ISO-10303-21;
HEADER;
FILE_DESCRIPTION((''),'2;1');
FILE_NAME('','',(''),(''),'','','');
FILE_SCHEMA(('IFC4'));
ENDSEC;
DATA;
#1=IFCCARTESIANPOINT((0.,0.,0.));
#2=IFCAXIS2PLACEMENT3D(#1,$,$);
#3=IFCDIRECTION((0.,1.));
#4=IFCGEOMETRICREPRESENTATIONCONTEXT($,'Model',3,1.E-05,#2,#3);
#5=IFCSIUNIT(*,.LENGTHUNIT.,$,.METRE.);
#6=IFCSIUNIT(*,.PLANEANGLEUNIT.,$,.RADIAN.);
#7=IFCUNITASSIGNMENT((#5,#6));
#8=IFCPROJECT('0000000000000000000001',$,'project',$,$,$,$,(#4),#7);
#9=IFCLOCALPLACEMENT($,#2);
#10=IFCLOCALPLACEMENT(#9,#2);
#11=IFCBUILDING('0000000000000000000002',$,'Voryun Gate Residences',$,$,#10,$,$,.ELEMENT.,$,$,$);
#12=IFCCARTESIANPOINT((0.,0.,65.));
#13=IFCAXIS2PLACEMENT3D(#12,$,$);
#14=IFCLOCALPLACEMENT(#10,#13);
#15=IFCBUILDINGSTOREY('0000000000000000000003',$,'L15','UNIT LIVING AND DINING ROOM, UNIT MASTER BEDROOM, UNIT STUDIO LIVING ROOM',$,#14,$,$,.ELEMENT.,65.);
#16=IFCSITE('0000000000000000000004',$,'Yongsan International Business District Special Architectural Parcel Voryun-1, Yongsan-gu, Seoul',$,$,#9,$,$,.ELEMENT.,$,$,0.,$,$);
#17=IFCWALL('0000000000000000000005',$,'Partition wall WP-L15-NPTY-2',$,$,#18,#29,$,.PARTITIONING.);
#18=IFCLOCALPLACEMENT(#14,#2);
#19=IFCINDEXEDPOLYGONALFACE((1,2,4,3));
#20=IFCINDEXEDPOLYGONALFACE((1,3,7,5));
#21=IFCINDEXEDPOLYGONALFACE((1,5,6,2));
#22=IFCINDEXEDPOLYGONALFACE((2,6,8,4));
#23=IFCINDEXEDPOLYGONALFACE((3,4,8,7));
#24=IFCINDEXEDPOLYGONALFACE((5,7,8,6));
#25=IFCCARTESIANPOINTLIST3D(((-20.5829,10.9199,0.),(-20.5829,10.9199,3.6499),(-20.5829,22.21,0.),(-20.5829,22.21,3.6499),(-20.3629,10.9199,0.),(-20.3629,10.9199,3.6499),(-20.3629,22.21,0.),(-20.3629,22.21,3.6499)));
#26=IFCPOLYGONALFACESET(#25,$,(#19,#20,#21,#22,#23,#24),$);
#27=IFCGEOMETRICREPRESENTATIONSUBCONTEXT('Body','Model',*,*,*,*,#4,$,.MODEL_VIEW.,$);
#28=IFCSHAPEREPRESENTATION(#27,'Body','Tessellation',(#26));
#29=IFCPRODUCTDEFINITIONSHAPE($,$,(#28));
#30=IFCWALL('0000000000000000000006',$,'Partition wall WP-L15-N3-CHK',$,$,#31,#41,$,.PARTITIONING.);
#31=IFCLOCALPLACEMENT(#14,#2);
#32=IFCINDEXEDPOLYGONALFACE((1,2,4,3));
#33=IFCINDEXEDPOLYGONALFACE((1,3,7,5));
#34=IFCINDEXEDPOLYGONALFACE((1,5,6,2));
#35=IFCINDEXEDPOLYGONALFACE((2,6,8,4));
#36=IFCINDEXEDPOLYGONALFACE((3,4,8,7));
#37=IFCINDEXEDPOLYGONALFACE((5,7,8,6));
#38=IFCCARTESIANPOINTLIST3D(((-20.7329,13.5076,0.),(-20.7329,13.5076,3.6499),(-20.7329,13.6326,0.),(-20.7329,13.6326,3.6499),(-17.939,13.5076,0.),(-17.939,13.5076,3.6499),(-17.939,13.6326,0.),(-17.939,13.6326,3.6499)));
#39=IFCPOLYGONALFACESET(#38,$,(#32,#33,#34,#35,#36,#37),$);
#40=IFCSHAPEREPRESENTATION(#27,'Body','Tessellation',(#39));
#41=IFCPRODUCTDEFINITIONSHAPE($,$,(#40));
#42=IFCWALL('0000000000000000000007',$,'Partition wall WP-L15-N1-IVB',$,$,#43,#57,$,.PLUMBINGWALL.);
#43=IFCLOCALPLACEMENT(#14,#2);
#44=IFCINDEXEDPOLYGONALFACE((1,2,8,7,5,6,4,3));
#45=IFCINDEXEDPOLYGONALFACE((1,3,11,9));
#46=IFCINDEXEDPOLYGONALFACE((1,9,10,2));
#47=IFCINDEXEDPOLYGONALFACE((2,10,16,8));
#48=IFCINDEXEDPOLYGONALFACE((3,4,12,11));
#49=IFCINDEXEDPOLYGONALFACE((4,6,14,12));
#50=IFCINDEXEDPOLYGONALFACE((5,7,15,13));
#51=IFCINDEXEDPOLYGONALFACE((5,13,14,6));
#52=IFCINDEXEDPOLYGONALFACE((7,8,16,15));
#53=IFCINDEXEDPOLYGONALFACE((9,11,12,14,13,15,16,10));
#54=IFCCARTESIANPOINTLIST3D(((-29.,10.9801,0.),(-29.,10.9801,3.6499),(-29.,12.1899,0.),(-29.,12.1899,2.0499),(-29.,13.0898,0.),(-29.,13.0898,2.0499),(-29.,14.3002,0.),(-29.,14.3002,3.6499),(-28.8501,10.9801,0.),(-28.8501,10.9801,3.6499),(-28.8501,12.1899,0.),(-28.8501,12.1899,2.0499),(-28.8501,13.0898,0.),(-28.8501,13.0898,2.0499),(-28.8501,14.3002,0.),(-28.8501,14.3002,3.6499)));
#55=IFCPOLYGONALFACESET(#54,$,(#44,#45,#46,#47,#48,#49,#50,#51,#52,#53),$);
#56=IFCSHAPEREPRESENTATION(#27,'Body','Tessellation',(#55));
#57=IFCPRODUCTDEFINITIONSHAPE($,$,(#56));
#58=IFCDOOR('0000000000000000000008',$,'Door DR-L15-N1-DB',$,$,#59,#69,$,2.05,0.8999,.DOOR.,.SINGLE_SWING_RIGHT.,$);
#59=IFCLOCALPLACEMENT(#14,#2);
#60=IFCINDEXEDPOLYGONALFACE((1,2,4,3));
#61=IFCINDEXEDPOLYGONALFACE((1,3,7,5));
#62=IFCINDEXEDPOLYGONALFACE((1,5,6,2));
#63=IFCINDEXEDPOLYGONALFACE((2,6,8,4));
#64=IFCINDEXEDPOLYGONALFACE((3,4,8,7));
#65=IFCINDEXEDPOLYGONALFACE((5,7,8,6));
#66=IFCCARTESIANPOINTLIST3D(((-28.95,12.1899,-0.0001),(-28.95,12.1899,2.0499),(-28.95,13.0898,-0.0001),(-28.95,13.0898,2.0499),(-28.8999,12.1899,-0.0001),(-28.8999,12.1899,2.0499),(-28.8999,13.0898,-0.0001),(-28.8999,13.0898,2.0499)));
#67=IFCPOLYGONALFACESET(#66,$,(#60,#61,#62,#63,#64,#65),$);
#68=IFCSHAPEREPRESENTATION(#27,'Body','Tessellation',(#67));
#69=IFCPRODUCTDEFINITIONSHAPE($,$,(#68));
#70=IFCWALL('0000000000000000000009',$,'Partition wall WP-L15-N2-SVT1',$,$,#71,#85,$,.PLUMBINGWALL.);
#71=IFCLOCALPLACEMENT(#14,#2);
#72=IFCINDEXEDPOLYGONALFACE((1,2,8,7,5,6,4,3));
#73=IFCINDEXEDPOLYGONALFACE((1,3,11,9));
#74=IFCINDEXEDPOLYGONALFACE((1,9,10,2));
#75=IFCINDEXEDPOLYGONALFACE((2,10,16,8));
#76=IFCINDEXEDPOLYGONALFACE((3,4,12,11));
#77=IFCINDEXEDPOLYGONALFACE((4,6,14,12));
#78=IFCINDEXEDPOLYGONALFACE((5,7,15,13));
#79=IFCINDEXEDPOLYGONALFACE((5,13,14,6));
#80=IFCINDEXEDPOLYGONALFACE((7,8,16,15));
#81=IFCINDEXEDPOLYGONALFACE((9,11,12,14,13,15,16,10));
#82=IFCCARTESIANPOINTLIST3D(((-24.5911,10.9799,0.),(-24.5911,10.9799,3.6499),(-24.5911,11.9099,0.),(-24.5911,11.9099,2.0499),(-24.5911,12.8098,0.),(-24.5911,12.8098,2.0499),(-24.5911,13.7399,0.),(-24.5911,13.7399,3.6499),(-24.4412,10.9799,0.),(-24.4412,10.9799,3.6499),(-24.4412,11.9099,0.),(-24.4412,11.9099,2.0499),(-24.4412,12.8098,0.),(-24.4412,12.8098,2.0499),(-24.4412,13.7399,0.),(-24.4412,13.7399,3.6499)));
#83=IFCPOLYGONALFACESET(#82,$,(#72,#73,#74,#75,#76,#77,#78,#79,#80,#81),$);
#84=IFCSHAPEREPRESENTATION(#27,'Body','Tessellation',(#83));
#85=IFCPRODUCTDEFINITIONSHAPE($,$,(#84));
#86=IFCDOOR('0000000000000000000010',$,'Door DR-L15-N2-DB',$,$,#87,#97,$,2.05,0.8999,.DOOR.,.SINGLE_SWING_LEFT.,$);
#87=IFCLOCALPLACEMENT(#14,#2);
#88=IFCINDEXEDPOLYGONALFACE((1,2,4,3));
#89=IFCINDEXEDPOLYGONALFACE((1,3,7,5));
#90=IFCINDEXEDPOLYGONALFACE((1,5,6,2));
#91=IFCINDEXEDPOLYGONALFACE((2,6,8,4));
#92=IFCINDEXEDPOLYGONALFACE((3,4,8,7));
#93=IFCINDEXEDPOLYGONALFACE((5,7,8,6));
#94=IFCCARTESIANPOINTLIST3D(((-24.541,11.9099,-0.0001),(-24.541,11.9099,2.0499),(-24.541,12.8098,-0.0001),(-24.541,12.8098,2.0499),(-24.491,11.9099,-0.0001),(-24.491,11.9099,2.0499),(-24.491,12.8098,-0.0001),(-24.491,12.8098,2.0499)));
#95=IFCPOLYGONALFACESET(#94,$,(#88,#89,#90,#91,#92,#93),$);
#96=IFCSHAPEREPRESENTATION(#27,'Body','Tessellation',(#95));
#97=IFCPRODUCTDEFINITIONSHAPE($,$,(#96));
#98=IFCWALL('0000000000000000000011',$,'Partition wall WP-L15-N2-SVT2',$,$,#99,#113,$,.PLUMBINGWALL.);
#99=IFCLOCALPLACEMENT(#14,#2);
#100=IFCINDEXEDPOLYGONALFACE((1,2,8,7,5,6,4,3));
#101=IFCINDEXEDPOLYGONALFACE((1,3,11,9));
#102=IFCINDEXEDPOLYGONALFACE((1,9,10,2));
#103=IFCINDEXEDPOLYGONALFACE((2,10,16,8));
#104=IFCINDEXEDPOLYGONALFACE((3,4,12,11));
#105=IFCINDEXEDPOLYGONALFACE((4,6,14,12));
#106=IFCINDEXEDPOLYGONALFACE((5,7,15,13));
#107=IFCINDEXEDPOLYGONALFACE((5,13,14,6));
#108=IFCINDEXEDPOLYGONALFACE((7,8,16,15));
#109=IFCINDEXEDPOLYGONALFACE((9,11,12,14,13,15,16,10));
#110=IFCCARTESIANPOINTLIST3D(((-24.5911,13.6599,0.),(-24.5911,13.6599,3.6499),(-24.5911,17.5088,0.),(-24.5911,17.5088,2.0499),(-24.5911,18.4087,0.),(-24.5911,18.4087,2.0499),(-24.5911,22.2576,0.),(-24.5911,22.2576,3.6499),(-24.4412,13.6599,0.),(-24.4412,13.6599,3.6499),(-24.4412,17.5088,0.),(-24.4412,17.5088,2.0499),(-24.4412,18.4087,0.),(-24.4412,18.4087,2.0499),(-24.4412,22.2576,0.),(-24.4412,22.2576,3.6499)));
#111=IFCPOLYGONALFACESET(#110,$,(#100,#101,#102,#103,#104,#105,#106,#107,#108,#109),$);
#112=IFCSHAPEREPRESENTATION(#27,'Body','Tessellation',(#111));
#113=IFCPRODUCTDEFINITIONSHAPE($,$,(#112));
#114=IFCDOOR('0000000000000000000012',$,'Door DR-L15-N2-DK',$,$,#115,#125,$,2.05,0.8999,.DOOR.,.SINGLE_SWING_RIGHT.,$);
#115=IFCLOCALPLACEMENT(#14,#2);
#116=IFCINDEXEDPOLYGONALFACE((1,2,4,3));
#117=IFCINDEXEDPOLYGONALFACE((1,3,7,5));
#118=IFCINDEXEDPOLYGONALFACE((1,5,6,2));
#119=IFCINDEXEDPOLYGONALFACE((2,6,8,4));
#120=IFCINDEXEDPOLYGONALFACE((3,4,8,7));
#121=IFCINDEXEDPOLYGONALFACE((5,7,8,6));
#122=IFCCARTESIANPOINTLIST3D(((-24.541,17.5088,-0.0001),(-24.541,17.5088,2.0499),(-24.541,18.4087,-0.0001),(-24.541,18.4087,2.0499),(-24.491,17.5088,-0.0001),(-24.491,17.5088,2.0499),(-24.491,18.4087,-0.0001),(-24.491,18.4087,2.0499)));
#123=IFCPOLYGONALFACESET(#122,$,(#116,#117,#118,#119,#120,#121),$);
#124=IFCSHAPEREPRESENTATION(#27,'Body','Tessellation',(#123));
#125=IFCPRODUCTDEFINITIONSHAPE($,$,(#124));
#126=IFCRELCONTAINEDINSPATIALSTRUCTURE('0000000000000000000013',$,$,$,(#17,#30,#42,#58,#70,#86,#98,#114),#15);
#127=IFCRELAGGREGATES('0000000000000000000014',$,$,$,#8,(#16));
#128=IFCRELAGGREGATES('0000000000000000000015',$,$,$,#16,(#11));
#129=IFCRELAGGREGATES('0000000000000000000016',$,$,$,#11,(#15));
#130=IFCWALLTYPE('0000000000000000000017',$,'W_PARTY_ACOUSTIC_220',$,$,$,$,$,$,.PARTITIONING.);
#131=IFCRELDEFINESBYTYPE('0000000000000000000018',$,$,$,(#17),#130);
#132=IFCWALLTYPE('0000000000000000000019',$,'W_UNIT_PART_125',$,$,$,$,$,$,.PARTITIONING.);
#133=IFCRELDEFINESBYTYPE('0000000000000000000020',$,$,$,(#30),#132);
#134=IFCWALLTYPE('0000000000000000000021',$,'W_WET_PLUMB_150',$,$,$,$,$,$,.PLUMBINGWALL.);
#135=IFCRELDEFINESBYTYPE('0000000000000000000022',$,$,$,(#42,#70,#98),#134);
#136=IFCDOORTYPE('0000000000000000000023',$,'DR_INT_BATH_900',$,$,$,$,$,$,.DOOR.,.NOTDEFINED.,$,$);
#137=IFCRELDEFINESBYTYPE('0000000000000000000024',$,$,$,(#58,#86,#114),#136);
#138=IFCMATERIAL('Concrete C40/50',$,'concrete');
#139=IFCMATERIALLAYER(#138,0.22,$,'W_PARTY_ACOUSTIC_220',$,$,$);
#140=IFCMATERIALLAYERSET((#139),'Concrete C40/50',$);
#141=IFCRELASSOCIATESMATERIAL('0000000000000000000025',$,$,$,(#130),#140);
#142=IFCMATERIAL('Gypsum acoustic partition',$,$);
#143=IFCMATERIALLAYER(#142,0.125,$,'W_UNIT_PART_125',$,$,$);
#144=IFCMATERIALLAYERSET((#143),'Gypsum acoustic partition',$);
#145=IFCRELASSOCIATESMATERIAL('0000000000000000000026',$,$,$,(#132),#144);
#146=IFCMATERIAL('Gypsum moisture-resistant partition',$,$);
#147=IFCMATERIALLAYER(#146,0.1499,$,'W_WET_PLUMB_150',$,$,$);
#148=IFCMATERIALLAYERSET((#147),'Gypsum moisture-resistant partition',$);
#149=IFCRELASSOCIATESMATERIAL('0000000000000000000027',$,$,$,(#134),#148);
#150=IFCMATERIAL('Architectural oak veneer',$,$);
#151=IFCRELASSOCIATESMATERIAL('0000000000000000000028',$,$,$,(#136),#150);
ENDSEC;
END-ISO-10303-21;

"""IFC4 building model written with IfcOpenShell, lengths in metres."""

from ifc_helpers import new_model, si_unit, direction, frame, frame_2d, origin, place, context, subcontext, project, spatial, rectangle, extrude, material, layer, layer_set, type_object, element, fill, save


model = new_model("IFC4")

# Units and contexts
model_context = context("Model", 3, precision=1e-05, world=origin(), true_north=direction((0.0, 1.0)))
body_context = subcontext(model_context, "Body", "Model", "MODEL_VIEW")
ifc_project = project(units=[si_unit("LENGTHUNIT", "METRE"), si_unit("PLANEANGLEUNIT", "RADIAN")], contexts=[model_context])

# Site, building, storey
site_placement = place(None, origin())
site = spatial("IfcSite", under=ifc_project, at=site_placement, Name="Yongsan International Business District Special Architectural Parcel Voryun-1, Yongsan-gu, Seoul", CompositionType="ELEMENT", RefElevation=0.0)
building_placement = place(site_placement, origin())
building = spatial("IfcBuilding", under=site, at=building_placement, Name="Voryun Gate Residences", CompositionType="ELEMENT")
storey_placement = place(building_placement, frame((0.0, 0.0, 65.0)))
storey = spatial("IfcBuildingStorey", under=building, at=storey_placement, Name="L15", Description="UNIT LIVING AND DINING ROOM, UNIT MASTER BEDROOM, UNIT STUDIO LIVING ROOM", CompositionType="ELEMENT", Elevation=65.0)

# Walls
ifc_material_1 = material(Name="Concrete C40/50", Category="concrete")
ifc_layer_1 = layer(ifc_material_1, 0.22, Name="W_PARTY_ACOUSTIC_220")
ifc_layer_set_1 = layer_set([ifc_layer_1], Name="Concrete C40/50")
wall_type_1 = type_object("IfcWallType", Name="W_PARTY_ACOUSTIC_220", PredefinedType="PARTITIONING", material=ifc_layer_set_1)
wall_1_placement = place(storey_placement, frame((-20.4729, 10.9199, 0.0), z_axis=(0.0, 0.0, 1.0), x_axis=(0.0, 1.0, 0.0)))
element("IfcWall", 1, at=wall_1_placement, inside=storey, type_object=wall_type_1, Name="Partition wall WP-L15-NPTY-2", PredefinedType="PARTITIONING", context=body_context, shape_type="SweptSolid", body=[
    extrude(rectangle(XDim=11.29, YDim=0.22, at=frame_2d((5.645, 0.0))), origin(), (0.0, 0.0, 1.0), 3.6499),
])
ifc_material_2 = material(Name="Gypsum acoustic partition")
ifc_layer_2 = layer(ifc_material_2, 0.125, Name="W_UNIT_PART_125")
ifc_layer_set_2 = layer_set([ifc_layer_2], Name="Gypsum acoustic partition")
wall_type_2 = type_object("IfcWallType", Name="W_UNIT_PART_125", PredefinedType="PARTITIONING", material=ifc_layer_set_2)
wall_2_placement = place(storey_placement, frame((-20.7329, 13.5701, 0.0), z_axis=(0.0, 0.0, 1.0), x_axis=(1.0, 0.0, 0.0)))
element("IfcWall", 2, at=wall_2_placement, inside=storey, type_object=wall_type_2, Name="Partition wall WP-L15-N3-CHK", PredefinedType="PARTITIONING", context=body_context, shape_type="SweptSolid", body=[
    extrude(rectangle(XDim=2.7939, YDim=0.125, at=frame_2d((1.397, 0.0))), origin(), (0.0, 0.0, 1.0), 3.6499),
])

# Walls, openings, doors
ifc_material_3 = material(Name="Gypsum moisture-resistant partition")
ifc_layer_3 = layer(ifc_material_3, 0.1499, Name="W_WET_PLUMB_150")
ifc_layer_set_3 = layer_set([ifc_layer_3], Name="Gypsum moisture-resistant partition")
wall_type_3 = type_object("IfcWallType", Name="W_WET_PLUMB_150", PredefinedType="PLUMBINGWALL", material=ifc_layer_set_3)
wall_3_placement = place(storey_placement, frame((-28.925, 10.98, 0.0), z_axis=(0.0, 0.0, 1.0), x_axis=(0.0, 1.0, 0.0)))
wall_3 = element("IfcWall", 3, at=wall_3_placement, inside=storey, type_object=wall_type_3, Name="Partition wall WP-L15-N1-IVB", PredefinedType="PLUMBINGWALL", context=body_context, shape_type="SweptSolid", body=[
    extrude(rectangle(XDim=3.3201, YDim=0.1499, at=frame_2d((1.6602, 0.0))), origin(), (0.0, 0.0, 1.0), 3.6499),
])
opening_1_placement = place(wall_3_placement, frame((1.21, 0.0, 0.0)))
opening_1 = element("IfcOpeningElement", 4, at=opening_1_placement, cuts=wall_3, PredefinedType="OPENING", context=body_context, shape_type="SweptSolid", body=[
    extrude(rectangle(XDim=0.8999, YDim=2.05, at=frame_2d((0.45, 1.0249))), frame((0.0, 0.085, 0.0), z_axis=(0.0, -1.0, 0.0), x_axis=(1.0, 0.0, 0.0)), (0.0, 0.0, 1.0), 0.1699),
])
ifc_material_4 = material(Name="Architectural oak veneer")
door_type = type_object("IfcDoorType", Name="DR_INT_BATH_900", OperationType="NOTDEFINED", PredefinedType="DOOR", material=ifc_material_4)
door_1_placement = place(opening_1_placement, origin())
door_1 = element("IfcDoor", 5, at=door_1_placement, inside=storey, type_object=door_type, Name="Door DR-L15-N1-DB", OperationType="SINGLE_SWING_RIGHT", OverallHeight=2.05, OverallWidth=0.8999, PredefinedType="DOOR", context=body_context, shape_type="SweptSolid", body=[
    extrude(rectangle(XDim=0.8999, YDim=2.05, at=frame_2d((0.45, 1.0249))), frame((0.0, 0.0249, 0.0), z_axis=(0.0, -1.0, 0.0), x_axis=(1.0, 0.0, 0.0)), (0.0, 0.0, 1.0), 0.05),
])
fill(opening_1, door_1)
wall_4_placement = place(storey_placement, frame((-24.5161, 10.98, 0.0), z_axis=(0.0, 0.0, 1.0), x_axis=(0.0, 1.0, 0.0)))
wall_4 = element("IfcWall", 6, at=wall_4_placement, inside=storey, type_object=wall_type_3, Name="Partition wall WP-L15-N2-SVT1", PredefinedType="PLUMBINGWALL", context=body_context, shape_type="SweptSolid", body=[
    extrude(rectangle(XDim=2.76, YDim=0.1499, at=frame_2d((1.3799, 0.0))), origin(), (0.0, 0.0, 1.0), 3.6499),
])
opening_2_placement = place(wall_4_placement, frame((0.9299, 0.0, 0.0)))
opening_2 = element("IfcOpeningElement", 7, at=opening_2_placement, cuts=wall_4, PredefinedType="OPENING", context=body_context, shape_type="SweptSolid", body=[
    extrude(rectangle(XDim=0.8999, YDim=2.05, at=frame_2d((0.45, 1.0249))), frame((0.0, 0.085, 0.0), z_axis=(0.0, -1.0, 0.0), x_axis=(1.0, 0.0, 0.0)), (0.0, 0.0, 1.0), 0.1699),
])
door_2_placement = place(opening_2_placement, origin())
door_2 = element("IfcDoor", 8, at=door_2_placement, inside=storey, type_object=door_type, Name="Door DR-L15-N2-DB", OperationType="SINGLE_SWING_LEFT", OverallHeight=2.05, OverallWidth=0.8999, PredefinedType="DOOR", context=body_context, shape_type="SweptSolid", body=[
    extrude(rectangle(XDim=0.8999, YDim=2.05, at=frame_2d((0.45, 1.0249))), frame((0.0, 0.0249, 0.0), z_axis=(0.0, -1.0, 0.0), x_axis=(1.0, 0.0, 0.0)), (0.0, 0.0, 1.0), 0.05),
])
fill(opening_2, door_2)
wall_5_placement = place(storey_placement, frame((-24.5161, 13.6599, 0.0), z_axis=(0.0, 0.0, 1.0), x_axis=(0.0, 1.0, 0.0)))
wall_5 = element("IfcWall", 9, at=wall_5_placement, inside=storey, type_object=wall_type_3, Name="Partition wall WP-L15-N2-SVT2", PredefinedType="PLUMBINGWALL", context=body_context, shape_type="SweptSolid", body=[
    extrude(rectangle(XDim=8.5977, YDim=0.1499, at=frame_2d((4.2988, 0.0))), origin(), (0.0, 0.0, 1.0), 3.6499),
])
opening_3_placement = place(wall_5_placement, frame((3.8489, 0.0, 0.0)))
opening_3 = element("IfcOpeningElement", 10, at=opening_3_placement, cuts=wall_5, PredefinedType="OPENING", context=body_context, shape_type="SweptSolid", body=[
    extrude(rectangle(XDim=0.8999, YDim=2.05, at=frame_2d((0.45, 1.0249))), frame((0.0, 0.085, 0.0), z_axis=(0.0, -1.0, 0.0), x_axis=(1.0, 0.0, 0.0)), (0.0, 0.0, 1.0), 0.1699),
])
door_3_placement = place(opening_3_placement, origin())
door_3 = element("IfcDoor", 11, at=door_3_placement, inside=storey, type_object=door_type, Name="Door DR-L15-N2-DK", OperationType="SINGLE_SWING_RIGHT", OverallHeight=2.05, OverallWidth=0.8999, PredefinedType="DOOR", context=body_context, shape_type="SweptSolid", body=[
    extrude(rectangle(XDim=0.8999, YDim=2.05, at=frame_2d((0.45, 1.0249))), frame((0.0, 0.0249, 0.0), z_axis=(0.0, -1.0, 0.0), x_axis=(1.0, 0.0, 0.0)), (0.0, 0.0, 1.0), 0.05),
])
fill(opening_3, door_3)

save(model, "model.ifc")
